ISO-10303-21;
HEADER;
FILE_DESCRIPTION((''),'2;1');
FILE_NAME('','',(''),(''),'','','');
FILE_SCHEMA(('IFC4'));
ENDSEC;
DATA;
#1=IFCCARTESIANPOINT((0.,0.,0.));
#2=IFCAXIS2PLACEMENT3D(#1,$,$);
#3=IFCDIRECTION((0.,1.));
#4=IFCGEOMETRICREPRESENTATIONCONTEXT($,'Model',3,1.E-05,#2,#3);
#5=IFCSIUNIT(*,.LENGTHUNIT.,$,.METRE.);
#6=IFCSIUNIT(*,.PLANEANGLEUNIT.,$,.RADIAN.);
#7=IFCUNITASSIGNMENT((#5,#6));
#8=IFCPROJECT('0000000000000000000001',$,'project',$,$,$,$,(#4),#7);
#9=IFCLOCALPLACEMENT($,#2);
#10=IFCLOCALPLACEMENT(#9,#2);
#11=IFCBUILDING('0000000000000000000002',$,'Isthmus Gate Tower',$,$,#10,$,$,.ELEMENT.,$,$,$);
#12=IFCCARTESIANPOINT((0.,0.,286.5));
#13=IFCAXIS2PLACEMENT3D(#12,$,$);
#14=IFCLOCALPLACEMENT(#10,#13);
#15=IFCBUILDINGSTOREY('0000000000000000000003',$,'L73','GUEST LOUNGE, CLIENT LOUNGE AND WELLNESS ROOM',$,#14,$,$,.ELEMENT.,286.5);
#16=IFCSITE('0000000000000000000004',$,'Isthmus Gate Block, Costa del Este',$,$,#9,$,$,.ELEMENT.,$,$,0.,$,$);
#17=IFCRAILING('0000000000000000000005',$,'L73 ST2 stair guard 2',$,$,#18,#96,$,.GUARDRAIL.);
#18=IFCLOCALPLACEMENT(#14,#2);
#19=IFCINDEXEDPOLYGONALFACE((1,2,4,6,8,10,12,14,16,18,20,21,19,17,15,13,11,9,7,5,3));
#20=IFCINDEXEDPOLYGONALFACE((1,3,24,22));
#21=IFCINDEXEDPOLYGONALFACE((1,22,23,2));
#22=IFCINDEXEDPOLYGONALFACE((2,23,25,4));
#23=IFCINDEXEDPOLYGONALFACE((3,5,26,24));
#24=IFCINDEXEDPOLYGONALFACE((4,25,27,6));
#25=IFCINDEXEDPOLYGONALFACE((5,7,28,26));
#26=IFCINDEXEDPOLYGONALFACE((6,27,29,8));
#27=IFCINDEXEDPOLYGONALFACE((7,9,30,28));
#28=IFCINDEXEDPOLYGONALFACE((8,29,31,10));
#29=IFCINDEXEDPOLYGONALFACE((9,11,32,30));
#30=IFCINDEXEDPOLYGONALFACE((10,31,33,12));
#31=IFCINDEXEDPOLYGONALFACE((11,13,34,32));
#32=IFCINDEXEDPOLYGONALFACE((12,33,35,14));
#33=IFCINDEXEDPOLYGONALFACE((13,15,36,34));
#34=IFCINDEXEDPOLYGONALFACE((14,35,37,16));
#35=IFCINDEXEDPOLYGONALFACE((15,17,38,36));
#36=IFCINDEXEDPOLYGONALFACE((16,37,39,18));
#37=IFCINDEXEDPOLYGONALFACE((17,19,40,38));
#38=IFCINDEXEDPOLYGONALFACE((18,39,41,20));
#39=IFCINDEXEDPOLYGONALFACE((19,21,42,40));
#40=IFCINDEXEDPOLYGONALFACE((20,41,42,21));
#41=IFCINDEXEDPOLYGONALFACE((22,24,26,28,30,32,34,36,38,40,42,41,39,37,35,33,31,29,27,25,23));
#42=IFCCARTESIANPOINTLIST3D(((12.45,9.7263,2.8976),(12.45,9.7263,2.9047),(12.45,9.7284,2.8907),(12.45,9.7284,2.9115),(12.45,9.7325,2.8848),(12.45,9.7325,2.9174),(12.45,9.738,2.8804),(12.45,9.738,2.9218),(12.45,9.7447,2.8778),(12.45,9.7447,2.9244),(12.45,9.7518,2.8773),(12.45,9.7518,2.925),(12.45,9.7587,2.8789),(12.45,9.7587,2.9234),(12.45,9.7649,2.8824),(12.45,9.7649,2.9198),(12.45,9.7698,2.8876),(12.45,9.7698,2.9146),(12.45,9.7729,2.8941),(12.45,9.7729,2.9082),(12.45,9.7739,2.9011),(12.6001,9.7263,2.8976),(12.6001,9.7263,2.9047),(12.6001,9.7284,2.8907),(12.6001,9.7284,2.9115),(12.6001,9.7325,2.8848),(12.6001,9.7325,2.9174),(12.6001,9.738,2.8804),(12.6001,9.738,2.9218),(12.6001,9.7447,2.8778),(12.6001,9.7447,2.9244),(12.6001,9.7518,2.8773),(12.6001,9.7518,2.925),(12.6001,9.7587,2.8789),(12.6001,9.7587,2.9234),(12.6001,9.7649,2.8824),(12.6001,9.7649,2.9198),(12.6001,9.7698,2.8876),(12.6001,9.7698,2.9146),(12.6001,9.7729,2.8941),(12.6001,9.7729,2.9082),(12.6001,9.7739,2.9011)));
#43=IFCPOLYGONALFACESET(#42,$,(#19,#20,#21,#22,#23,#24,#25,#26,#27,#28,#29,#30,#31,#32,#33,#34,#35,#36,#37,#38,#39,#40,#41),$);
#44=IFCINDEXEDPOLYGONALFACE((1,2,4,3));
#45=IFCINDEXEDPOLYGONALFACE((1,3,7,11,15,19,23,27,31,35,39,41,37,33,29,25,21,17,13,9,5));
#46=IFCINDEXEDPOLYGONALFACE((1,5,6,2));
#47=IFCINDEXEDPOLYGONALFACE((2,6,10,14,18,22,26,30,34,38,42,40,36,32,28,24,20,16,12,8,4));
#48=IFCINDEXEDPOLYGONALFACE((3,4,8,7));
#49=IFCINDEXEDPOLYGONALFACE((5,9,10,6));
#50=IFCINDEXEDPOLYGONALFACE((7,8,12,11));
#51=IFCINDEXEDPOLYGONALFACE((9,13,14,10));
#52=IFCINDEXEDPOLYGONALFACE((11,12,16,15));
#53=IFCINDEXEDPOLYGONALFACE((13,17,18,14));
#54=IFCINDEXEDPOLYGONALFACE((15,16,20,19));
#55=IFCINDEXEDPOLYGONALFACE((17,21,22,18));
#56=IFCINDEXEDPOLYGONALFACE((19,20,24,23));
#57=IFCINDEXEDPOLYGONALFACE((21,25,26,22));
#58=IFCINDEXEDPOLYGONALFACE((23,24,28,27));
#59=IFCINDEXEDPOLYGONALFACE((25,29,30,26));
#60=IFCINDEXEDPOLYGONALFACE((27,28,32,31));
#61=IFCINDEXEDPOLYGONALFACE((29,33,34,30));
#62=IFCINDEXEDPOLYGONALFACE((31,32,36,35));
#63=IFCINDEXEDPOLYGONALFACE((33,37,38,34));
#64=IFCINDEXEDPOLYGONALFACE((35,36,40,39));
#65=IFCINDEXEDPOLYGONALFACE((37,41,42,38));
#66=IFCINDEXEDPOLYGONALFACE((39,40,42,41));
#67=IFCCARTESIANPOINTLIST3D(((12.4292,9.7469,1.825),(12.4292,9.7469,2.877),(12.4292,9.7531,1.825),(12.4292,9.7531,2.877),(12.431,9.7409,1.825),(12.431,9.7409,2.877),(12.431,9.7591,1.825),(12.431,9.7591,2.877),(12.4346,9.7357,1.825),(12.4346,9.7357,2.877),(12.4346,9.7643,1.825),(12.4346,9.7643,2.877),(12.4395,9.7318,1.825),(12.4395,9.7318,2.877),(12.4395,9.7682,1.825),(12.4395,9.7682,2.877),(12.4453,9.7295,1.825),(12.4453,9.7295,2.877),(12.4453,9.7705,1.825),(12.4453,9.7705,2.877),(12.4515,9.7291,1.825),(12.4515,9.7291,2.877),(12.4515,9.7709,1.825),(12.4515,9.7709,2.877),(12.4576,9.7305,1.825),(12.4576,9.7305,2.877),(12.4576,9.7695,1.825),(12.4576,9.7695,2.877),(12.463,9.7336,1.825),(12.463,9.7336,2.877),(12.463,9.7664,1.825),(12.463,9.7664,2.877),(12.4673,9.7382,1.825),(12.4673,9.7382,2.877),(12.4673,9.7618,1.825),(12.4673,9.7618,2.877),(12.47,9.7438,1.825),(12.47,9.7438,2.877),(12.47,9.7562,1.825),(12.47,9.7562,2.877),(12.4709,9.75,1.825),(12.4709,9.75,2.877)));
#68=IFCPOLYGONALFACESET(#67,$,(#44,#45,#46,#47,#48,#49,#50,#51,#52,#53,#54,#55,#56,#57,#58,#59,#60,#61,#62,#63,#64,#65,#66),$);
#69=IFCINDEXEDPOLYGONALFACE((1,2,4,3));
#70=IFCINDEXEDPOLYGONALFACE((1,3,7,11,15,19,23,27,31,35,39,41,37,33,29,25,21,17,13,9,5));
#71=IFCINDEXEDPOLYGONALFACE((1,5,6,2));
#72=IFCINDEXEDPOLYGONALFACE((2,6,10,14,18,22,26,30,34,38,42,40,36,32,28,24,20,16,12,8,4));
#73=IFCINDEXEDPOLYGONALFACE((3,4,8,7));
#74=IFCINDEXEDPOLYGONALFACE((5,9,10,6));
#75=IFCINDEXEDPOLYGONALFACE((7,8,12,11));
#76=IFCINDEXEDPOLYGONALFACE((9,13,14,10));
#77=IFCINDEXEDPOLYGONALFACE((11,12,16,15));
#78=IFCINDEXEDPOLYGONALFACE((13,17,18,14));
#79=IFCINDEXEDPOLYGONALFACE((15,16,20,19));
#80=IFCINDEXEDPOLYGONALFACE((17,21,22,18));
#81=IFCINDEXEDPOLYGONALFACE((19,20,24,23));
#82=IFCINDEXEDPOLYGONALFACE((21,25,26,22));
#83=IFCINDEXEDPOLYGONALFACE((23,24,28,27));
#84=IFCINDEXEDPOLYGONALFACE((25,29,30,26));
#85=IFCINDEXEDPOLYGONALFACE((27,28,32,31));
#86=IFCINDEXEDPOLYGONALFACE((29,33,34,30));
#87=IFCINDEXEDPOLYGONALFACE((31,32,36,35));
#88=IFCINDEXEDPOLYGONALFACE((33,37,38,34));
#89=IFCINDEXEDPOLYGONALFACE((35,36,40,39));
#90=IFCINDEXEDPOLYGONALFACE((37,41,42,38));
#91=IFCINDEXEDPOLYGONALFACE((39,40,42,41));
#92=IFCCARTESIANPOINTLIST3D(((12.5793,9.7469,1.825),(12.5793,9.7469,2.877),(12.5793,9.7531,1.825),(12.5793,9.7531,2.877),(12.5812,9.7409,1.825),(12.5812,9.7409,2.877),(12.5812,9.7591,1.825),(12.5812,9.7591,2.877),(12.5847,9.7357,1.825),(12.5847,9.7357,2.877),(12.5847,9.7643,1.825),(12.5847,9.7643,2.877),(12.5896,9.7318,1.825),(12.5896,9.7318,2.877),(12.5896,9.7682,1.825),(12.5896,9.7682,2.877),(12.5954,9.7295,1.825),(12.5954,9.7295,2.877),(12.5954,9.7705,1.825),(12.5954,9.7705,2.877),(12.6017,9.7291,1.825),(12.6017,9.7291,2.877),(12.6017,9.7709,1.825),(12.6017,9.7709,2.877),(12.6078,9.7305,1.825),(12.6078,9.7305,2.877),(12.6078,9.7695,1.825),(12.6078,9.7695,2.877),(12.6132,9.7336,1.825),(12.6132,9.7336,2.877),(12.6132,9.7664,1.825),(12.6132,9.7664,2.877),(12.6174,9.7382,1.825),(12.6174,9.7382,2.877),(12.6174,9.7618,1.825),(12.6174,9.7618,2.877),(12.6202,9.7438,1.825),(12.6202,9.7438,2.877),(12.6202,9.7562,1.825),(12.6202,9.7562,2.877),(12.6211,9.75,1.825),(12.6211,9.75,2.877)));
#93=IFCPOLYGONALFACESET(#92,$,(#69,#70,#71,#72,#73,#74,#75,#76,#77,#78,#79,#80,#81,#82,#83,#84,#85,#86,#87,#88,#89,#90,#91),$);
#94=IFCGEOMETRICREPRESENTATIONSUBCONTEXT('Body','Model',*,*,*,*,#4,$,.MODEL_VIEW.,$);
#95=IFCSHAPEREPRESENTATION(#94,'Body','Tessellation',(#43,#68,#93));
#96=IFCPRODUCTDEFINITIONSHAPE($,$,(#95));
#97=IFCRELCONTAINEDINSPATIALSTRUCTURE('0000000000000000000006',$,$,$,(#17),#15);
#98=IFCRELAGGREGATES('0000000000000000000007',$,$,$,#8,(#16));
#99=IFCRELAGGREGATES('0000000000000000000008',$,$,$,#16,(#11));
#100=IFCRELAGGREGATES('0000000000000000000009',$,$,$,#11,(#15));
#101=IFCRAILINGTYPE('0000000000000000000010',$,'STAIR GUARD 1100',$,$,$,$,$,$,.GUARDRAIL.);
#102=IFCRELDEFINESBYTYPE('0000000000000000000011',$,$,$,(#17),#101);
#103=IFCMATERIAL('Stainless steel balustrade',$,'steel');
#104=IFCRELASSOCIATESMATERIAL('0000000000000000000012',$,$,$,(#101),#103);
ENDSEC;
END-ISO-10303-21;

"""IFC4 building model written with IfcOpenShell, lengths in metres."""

from ifc_helpers import new_model, si_unit, direction, frame, origin, origin_2d, place, context, subcontext, project, spatial, circle, extrude, material, type_object, element, save


model = new_model("IFC4")

# Units and contexts
model_context = context("Model", 3, precision=1e-05, world=origin(), true_north=direction((0.0, 1.0)))
body_context = subcontext(model_context, "Body", "Model", "MODEL_VIEW")
ifc_project = project(units=[si_unit("LENGTHUNIT", "METRE"), si_unit("PLANEANGLEUNIT", "RADIAN")], contexts=[model_context])

# Site, building, storey
site_placement = place(None, origin())
site = spatial("IfcSite", under=ifc_project, at=site_placement, Name="Isthmus Gate Block, Costa del Este", CompositionType="ELEMENT", RefElevation=0.0)
building_placement = place(site_placement, origin())
building = spatial("IfcBuilding", under=site, at=building_placement, Name="Isthmus Gate Tower", CompositionType="ELEMENT")
storey_placement = place(building_placement, frame((0.0, 0.0, 286.5)))
storey = spatial("IfcBuildingStorey", under=building, at=storey_placement, Name="L73", Description="GUEST LOUNGE, CLIENT LOUNGE AND WELLNESS ROOM", CompositionType="ELEMENT", Elevation=286.5)

# Railing
ifc_material_1 = material(Name="Stainless steel balustrade", Category="steel")
railing_type_1 = type_object("IfcRailingType", Name="STAIR GUARD 1100", PredefinedType="GUARDRAIL", material=ifc_material_1)
railing_1_placement = place(storey_placement, frame((12.45, 9.75, 1.825)))
element("IfcRailing", 1, at=railing_1_placement, inside=storey, type_object=railing_type_1, Name="L73 ST2 stair guard 2", PredefinedType="GUARDRAIL", context=body_context, shape_type="SweptSolid", body=[
    extrude(circle(Radius=0.0239, at=origin_2d()), frame((0.0, 0.0, 1.0762), z_axis=(1.0, 0.0, 0.0), x_axis=(0.0, 1.0, 0.0)), (0.0, 0.0, 1.0), 0.1501),
    extrude(circle(Radius=0.021, at=origin_2d()), origin(), (0.0, 0.0, 1.0), 1.052),
    extrude(circle(Radius=0.021, at=origin_2d()), frame((0.1501, 0.0, 0.0)), (0.0, 0.0, 1.0), 1.052),
])

save(model, "model.ifc")
